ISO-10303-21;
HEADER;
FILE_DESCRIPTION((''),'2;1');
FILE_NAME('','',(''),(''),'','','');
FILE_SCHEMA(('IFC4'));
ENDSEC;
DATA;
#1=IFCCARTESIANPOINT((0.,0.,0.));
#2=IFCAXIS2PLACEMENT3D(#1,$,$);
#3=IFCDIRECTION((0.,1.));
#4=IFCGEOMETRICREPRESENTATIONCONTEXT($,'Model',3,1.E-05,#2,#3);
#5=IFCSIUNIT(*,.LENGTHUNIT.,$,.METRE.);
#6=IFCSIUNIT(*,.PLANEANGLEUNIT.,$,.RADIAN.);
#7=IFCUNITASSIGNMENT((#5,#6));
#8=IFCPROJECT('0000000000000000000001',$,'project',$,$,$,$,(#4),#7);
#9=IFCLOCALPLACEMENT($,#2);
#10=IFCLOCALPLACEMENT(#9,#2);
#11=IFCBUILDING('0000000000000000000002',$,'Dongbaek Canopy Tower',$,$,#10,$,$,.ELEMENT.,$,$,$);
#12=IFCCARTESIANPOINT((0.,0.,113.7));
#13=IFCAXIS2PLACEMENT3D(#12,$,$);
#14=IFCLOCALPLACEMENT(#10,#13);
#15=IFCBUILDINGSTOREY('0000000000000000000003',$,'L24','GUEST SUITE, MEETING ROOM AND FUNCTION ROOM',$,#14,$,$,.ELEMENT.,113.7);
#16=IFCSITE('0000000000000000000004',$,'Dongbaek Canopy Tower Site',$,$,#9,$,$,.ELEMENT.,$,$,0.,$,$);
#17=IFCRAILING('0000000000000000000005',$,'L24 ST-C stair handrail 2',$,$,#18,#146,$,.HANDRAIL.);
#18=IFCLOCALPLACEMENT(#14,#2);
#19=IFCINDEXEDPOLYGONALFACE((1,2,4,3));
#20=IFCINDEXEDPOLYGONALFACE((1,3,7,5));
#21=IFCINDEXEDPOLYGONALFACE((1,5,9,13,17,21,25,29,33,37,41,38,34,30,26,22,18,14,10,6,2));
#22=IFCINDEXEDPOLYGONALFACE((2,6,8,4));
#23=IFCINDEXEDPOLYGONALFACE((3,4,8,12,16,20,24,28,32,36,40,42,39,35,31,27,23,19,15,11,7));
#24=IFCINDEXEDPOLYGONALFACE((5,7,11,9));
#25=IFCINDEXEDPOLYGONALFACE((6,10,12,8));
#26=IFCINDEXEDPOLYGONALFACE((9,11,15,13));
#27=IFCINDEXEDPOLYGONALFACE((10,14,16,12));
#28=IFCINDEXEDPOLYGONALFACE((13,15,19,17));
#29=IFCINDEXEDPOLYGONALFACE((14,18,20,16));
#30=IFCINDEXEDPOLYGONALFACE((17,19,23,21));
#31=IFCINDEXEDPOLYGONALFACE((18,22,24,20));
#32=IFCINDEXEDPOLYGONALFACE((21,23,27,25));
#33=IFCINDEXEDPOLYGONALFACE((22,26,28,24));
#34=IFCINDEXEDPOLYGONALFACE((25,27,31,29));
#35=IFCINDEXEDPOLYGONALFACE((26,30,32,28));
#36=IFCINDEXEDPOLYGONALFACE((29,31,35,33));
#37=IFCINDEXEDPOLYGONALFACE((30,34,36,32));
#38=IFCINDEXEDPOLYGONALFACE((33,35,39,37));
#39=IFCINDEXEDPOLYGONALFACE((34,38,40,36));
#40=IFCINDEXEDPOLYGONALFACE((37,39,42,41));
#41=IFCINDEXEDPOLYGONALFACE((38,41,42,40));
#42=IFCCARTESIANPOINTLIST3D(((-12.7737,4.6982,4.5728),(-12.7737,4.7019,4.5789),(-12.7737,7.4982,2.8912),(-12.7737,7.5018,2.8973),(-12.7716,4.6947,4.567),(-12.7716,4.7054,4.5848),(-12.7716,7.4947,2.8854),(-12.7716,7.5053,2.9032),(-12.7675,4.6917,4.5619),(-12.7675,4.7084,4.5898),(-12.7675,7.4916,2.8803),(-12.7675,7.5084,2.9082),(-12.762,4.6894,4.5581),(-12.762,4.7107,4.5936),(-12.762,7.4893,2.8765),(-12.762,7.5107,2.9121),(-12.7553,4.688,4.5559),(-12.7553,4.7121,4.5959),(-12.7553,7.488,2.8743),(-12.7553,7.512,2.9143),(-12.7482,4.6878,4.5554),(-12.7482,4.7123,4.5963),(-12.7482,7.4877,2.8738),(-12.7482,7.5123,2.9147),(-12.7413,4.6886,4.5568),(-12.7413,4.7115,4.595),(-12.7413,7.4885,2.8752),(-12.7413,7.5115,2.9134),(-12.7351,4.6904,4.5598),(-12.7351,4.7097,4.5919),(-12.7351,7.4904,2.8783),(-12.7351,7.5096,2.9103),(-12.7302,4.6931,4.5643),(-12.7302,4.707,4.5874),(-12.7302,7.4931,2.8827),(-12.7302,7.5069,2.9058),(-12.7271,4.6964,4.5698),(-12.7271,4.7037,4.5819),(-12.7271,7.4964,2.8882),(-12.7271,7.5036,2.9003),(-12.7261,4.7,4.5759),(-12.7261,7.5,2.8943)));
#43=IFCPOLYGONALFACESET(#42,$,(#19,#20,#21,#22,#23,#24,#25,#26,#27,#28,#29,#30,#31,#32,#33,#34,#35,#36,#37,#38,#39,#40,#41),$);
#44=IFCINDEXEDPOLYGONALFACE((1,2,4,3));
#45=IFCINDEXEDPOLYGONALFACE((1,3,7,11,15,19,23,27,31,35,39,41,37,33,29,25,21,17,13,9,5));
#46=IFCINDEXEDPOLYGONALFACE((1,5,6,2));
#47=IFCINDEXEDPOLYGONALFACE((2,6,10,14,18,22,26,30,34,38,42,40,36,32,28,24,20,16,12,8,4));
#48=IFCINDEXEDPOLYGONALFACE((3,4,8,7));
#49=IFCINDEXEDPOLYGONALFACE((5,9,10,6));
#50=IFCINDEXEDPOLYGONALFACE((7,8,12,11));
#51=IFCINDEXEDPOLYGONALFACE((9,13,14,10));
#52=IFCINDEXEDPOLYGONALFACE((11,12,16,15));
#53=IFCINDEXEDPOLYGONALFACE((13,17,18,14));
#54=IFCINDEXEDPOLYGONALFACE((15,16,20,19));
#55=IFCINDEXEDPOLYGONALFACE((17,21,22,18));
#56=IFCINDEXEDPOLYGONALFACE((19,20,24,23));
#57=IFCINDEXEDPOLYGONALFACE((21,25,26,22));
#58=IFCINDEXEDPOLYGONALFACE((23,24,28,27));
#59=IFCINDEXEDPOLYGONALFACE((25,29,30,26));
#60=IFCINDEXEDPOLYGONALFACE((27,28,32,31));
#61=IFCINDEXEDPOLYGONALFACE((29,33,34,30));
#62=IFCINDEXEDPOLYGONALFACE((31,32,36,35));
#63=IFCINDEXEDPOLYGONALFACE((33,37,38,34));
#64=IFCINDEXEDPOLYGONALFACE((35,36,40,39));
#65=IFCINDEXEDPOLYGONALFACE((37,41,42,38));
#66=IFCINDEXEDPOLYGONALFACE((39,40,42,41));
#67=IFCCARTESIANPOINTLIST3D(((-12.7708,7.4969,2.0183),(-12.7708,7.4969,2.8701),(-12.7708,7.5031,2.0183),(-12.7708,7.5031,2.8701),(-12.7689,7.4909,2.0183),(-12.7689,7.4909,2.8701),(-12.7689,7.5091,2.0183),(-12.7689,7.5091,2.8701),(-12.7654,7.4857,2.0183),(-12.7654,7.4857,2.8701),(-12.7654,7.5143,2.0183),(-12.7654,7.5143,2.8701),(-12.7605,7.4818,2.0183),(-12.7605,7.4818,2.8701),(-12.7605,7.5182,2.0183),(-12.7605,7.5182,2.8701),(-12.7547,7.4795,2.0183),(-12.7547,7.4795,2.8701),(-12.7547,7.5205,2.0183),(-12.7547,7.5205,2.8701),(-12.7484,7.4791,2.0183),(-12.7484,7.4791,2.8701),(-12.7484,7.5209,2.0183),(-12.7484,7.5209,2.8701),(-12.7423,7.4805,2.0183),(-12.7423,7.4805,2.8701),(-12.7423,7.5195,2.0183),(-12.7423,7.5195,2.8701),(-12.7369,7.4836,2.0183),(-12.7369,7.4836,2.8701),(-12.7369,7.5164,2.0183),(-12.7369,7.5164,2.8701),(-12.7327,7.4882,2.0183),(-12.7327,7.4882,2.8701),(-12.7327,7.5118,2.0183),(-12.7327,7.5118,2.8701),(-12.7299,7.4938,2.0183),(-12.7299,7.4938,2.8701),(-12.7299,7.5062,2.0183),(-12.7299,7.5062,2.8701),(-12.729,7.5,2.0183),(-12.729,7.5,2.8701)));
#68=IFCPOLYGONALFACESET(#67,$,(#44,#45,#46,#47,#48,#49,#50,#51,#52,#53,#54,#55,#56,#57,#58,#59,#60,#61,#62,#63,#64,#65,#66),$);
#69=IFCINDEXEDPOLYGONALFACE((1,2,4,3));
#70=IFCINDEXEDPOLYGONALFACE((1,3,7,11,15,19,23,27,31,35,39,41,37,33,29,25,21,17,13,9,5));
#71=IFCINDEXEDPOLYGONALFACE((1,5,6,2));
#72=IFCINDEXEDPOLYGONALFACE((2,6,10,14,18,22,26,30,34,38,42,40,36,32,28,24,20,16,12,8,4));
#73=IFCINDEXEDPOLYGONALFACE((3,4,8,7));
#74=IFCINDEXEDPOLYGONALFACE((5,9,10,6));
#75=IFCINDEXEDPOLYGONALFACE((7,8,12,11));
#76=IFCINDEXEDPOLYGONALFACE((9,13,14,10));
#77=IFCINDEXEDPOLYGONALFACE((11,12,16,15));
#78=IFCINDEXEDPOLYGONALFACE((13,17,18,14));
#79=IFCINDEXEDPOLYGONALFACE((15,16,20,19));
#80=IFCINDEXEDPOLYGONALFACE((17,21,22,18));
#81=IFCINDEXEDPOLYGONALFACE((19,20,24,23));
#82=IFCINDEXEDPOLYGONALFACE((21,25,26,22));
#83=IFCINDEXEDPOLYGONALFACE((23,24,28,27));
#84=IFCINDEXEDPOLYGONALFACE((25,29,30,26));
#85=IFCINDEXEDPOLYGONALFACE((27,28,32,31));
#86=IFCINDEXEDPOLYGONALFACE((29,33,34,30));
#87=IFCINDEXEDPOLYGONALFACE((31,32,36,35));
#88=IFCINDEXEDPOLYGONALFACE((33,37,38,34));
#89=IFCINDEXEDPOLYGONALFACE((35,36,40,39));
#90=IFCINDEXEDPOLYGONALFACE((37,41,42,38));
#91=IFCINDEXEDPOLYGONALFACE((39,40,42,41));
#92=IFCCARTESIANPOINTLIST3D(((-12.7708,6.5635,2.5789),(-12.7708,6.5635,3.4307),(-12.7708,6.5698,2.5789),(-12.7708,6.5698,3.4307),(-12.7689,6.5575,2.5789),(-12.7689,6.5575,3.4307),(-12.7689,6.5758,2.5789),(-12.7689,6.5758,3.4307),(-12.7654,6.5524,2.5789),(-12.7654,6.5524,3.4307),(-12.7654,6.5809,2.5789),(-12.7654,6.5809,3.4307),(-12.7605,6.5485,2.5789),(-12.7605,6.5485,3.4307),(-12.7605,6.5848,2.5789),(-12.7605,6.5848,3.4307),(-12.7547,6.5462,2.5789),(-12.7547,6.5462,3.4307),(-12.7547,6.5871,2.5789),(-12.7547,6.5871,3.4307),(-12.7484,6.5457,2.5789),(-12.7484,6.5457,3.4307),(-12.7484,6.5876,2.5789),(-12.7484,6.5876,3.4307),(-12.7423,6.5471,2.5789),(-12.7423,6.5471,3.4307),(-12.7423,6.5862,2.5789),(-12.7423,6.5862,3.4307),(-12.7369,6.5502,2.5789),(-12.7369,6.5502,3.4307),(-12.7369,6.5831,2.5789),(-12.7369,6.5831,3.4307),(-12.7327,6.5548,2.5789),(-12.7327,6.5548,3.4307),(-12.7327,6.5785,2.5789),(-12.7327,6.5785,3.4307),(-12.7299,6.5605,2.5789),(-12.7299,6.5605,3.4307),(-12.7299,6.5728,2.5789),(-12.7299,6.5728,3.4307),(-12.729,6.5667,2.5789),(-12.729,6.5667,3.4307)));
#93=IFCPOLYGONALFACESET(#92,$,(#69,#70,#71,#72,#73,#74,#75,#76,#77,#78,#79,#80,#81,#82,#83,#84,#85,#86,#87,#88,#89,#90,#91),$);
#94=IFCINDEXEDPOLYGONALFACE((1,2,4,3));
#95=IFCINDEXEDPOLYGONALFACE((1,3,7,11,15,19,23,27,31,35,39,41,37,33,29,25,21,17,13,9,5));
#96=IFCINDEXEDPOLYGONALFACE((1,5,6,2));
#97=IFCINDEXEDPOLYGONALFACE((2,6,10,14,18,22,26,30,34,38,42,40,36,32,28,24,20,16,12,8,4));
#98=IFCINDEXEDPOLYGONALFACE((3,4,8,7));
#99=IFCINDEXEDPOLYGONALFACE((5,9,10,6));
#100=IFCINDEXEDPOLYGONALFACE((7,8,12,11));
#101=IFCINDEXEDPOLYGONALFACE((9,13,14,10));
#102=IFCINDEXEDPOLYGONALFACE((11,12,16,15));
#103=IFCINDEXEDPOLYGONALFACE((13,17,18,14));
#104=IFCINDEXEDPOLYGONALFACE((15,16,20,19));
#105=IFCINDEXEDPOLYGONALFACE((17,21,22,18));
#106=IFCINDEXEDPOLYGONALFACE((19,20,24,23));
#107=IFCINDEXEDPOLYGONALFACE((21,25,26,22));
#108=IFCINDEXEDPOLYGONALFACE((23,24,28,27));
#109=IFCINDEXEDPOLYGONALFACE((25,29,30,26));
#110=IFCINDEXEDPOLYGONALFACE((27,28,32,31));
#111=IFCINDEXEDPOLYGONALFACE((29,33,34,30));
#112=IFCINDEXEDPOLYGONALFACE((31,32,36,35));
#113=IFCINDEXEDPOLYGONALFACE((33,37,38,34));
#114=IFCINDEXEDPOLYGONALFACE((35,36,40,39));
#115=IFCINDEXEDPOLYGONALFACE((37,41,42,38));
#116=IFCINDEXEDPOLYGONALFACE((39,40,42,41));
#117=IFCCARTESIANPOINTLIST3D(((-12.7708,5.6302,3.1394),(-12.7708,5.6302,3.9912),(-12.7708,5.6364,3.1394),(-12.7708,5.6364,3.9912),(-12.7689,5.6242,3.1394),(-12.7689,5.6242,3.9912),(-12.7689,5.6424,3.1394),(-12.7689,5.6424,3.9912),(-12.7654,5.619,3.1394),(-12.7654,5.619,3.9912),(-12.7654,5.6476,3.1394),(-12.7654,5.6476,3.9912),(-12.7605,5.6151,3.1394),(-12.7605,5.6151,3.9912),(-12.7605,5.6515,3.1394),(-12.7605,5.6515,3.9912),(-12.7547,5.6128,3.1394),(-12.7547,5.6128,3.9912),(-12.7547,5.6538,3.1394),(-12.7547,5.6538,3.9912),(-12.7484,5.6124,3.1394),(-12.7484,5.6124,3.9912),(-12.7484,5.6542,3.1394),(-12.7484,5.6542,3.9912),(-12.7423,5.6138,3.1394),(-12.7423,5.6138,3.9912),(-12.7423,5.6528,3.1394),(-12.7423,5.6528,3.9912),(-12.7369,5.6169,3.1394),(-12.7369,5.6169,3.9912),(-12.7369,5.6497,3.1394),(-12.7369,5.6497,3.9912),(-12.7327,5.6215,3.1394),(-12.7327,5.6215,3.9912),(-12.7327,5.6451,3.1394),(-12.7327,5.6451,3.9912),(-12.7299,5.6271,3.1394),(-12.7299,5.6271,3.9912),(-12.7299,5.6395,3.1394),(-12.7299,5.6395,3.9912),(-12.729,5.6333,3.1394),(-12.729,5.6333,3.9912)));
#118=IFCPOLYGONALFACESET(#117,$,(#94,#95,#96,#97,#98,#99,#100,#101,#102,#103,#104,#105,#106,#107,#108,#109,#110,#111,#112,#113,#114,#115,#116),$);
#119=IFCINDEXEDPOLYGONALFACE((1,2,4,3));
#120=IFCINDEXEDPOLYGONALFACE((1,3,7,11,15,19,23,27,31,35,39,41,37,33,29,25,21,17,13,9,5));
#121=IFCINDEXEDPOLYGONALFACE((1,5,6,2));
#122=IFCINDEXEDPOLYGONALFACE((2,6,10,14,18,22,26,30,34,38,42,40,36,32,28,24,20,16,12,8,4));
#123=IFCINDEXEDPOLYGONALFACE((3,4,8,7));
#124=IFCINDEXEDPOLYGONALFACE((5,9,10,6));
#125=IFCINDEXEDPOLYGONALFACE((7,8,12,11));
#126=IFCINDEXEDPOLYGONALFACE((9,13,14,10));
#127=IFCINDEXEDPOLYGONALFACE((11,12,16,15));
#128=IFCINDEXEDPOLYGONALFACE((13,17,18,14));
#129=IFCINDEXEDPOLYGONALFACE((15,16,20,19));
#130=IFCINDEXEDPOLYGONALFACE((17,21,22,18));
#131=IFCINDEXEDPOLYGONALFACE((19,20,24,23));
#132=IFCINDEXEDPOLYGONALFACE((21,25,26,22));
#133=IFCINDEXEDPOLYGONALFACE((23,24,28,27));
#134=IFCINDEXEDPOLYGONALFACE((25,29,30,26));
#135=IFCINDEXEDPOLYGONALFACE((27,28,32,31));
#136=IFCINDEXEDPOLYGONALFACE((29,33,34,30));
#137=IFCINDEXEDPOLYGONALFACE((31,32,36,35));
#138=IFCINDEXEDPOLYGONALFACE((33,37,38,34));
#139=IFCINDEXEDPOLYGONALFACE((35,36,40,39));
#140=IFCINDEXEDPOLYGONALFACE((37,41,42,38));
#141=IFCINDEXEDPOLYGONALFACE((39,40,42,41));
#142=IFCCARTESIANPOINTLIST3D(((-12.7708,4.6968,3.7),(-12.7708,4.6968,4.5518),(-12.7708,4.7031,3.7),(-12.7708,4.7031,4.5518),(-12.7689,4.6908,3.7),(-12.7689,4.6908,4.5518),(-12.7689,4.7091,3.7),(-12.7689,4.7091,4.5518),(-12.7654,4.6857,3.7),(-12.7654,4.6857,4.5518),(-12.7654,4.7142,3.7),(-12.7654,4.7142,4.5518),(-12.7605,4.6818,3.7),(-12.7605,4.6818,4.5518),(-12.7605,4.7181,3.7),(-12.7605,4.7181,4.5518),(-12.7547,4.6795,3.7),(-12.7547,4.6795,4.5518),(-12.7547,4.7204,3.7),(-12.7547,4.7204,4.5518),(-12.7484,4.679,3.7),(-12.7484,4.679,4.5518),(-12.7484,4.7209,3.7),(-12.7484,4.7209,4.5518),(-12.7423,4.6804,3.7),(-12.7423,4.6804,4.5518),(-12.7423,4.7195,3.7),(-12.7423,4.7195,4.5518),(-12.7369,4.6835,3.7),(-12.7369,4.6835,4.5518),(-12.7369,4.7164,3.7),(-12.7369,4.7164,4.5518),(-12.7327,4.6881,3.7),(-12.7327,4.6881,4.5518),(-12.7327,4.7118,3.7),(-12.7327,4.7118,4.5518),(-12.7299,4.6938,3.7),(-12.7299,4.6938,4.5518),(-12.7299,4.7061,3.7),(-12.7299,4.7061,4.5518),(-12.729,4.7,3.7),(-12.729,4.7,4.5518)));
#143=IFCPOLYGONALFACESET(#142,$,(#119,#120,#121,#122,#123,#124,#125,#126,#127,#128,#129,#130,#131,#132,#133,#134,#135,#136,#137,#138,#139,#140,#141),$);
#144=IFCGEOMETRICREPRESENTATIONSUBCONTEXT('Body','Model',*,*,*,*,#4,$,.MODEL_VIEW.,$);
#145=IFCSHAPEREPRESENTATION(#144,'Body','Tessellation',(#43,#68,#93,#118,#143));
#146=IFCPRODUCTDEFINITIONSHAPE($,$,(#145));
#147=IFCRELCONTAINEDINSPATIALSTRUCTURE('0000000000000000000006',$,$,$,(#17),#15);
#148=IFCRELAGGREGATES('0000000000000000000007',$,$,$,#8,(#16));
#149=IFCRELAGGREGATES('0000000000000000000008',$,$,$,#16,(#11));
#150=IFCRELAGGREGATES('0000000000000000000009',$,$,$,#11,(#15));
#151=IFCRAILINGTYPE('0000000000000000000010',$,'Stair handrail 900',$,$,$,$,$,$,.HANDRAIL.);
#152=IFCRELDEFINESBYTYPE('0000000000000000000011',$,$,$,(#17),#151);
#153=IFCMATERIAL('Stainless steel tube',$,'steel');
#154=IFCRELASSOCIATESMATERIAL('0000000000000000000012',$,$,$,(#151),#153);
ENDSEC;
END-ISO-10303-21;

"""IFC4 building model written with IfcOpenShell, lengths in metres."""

from ifc_helpers import new_model, si_unit, direction, frame, origin, origin_2d, place, context, subcontext, project, spatial, circle, extrude, material, type_object, element, save


model = new_model("IFC4")

# Units and contexts
model_context = context("Model", 3, precision=1e-05, world=origin(), true_north=direction((0.0, 1.0)))
body_context = subcontext(model_context, "Body", "Model", "MODEL_VIEW")
ifc_project = project(units=[si_unit("LENGTHUNIT", "METRE"), si_unit("PLANEANGLEUNIT", "RADIAN")], contexts=[model_context])

# Site, building, storey
site_placement = place(None, origin())
site = spatial("IfcSite", under=ifc_project, at=site_placement, Name="Dongbaek Canopy Tower Site", CompositionType="ELEMENT", RefElevation=0.0)
building_placement = place(site_placement, origin())
building = spatial("IfcBuilding", under=site, at=building_placement, Name="Dongbaek Canopy Tower", CompositionType="ELEMENT")
storey_placement = place(building_placement, frame((0.0, 0.0, 113.7)))
storey = spatial("IfcBuildingStorey", under=building, at=storey_placement, Name="L24", Description="GUEST SUITE, MEETING ROOM AND FUNCTION ROOM", CompositionType="ELEMENT", Elevation=113.7)

# Railing
ifc_material_1 = material(Name="Stainless steel tube", Category="steel")
railing_type_1 = type_object("IfcRailingType", Name="Stair handrail 900", PredefinedType="HANDRAIL", material=ifc_material_1)
railing_1_placement = place(storey_placement, frame((-12.75, 7.5, 2.0183)))
element("IfcRailing", 1, at=railing_1_placement, inside=storey, type_object=railing_type_1, Name="L24 ST-C stair handrail 2", PredefinedType="HANDRAIL", context=body_context, shape_type="SweptSolid", body=[
    extrude(circle(Radius=0.0239, at=origin_2d()), frame((0.0, 0.0, 0.876), z_axis=(0.0, -0.857275, 0.514858), x_axis=(1.0, 0.0, 0.0)), (0.0, 0.0, 1.0), 3.2661),
    extrude(circle(Radius=0.021, at=origin_2d()), origin(), (0.0, 0.0, 1.0), 0.8518),
    extrude(circle(Radius=0.021, at=origin_2d()), frame((0.0, -0.9333, 0.5605)), (0.0, 0.0, 1.0), 0.8518),
    extrude(circle(Radius=0.021, at=origin_2d()), frame((0.0, -1.8667, 1.1211)), (0.0, 0.0, 1.0), 0.8518),
    extrude(circle(Radius=0.021, at=origin_2d()), frame((0.0, -2.8, 1.6816)), (0.0, 0.0, 1.0), 0.8518),
])

save(model, "model.ifc")
